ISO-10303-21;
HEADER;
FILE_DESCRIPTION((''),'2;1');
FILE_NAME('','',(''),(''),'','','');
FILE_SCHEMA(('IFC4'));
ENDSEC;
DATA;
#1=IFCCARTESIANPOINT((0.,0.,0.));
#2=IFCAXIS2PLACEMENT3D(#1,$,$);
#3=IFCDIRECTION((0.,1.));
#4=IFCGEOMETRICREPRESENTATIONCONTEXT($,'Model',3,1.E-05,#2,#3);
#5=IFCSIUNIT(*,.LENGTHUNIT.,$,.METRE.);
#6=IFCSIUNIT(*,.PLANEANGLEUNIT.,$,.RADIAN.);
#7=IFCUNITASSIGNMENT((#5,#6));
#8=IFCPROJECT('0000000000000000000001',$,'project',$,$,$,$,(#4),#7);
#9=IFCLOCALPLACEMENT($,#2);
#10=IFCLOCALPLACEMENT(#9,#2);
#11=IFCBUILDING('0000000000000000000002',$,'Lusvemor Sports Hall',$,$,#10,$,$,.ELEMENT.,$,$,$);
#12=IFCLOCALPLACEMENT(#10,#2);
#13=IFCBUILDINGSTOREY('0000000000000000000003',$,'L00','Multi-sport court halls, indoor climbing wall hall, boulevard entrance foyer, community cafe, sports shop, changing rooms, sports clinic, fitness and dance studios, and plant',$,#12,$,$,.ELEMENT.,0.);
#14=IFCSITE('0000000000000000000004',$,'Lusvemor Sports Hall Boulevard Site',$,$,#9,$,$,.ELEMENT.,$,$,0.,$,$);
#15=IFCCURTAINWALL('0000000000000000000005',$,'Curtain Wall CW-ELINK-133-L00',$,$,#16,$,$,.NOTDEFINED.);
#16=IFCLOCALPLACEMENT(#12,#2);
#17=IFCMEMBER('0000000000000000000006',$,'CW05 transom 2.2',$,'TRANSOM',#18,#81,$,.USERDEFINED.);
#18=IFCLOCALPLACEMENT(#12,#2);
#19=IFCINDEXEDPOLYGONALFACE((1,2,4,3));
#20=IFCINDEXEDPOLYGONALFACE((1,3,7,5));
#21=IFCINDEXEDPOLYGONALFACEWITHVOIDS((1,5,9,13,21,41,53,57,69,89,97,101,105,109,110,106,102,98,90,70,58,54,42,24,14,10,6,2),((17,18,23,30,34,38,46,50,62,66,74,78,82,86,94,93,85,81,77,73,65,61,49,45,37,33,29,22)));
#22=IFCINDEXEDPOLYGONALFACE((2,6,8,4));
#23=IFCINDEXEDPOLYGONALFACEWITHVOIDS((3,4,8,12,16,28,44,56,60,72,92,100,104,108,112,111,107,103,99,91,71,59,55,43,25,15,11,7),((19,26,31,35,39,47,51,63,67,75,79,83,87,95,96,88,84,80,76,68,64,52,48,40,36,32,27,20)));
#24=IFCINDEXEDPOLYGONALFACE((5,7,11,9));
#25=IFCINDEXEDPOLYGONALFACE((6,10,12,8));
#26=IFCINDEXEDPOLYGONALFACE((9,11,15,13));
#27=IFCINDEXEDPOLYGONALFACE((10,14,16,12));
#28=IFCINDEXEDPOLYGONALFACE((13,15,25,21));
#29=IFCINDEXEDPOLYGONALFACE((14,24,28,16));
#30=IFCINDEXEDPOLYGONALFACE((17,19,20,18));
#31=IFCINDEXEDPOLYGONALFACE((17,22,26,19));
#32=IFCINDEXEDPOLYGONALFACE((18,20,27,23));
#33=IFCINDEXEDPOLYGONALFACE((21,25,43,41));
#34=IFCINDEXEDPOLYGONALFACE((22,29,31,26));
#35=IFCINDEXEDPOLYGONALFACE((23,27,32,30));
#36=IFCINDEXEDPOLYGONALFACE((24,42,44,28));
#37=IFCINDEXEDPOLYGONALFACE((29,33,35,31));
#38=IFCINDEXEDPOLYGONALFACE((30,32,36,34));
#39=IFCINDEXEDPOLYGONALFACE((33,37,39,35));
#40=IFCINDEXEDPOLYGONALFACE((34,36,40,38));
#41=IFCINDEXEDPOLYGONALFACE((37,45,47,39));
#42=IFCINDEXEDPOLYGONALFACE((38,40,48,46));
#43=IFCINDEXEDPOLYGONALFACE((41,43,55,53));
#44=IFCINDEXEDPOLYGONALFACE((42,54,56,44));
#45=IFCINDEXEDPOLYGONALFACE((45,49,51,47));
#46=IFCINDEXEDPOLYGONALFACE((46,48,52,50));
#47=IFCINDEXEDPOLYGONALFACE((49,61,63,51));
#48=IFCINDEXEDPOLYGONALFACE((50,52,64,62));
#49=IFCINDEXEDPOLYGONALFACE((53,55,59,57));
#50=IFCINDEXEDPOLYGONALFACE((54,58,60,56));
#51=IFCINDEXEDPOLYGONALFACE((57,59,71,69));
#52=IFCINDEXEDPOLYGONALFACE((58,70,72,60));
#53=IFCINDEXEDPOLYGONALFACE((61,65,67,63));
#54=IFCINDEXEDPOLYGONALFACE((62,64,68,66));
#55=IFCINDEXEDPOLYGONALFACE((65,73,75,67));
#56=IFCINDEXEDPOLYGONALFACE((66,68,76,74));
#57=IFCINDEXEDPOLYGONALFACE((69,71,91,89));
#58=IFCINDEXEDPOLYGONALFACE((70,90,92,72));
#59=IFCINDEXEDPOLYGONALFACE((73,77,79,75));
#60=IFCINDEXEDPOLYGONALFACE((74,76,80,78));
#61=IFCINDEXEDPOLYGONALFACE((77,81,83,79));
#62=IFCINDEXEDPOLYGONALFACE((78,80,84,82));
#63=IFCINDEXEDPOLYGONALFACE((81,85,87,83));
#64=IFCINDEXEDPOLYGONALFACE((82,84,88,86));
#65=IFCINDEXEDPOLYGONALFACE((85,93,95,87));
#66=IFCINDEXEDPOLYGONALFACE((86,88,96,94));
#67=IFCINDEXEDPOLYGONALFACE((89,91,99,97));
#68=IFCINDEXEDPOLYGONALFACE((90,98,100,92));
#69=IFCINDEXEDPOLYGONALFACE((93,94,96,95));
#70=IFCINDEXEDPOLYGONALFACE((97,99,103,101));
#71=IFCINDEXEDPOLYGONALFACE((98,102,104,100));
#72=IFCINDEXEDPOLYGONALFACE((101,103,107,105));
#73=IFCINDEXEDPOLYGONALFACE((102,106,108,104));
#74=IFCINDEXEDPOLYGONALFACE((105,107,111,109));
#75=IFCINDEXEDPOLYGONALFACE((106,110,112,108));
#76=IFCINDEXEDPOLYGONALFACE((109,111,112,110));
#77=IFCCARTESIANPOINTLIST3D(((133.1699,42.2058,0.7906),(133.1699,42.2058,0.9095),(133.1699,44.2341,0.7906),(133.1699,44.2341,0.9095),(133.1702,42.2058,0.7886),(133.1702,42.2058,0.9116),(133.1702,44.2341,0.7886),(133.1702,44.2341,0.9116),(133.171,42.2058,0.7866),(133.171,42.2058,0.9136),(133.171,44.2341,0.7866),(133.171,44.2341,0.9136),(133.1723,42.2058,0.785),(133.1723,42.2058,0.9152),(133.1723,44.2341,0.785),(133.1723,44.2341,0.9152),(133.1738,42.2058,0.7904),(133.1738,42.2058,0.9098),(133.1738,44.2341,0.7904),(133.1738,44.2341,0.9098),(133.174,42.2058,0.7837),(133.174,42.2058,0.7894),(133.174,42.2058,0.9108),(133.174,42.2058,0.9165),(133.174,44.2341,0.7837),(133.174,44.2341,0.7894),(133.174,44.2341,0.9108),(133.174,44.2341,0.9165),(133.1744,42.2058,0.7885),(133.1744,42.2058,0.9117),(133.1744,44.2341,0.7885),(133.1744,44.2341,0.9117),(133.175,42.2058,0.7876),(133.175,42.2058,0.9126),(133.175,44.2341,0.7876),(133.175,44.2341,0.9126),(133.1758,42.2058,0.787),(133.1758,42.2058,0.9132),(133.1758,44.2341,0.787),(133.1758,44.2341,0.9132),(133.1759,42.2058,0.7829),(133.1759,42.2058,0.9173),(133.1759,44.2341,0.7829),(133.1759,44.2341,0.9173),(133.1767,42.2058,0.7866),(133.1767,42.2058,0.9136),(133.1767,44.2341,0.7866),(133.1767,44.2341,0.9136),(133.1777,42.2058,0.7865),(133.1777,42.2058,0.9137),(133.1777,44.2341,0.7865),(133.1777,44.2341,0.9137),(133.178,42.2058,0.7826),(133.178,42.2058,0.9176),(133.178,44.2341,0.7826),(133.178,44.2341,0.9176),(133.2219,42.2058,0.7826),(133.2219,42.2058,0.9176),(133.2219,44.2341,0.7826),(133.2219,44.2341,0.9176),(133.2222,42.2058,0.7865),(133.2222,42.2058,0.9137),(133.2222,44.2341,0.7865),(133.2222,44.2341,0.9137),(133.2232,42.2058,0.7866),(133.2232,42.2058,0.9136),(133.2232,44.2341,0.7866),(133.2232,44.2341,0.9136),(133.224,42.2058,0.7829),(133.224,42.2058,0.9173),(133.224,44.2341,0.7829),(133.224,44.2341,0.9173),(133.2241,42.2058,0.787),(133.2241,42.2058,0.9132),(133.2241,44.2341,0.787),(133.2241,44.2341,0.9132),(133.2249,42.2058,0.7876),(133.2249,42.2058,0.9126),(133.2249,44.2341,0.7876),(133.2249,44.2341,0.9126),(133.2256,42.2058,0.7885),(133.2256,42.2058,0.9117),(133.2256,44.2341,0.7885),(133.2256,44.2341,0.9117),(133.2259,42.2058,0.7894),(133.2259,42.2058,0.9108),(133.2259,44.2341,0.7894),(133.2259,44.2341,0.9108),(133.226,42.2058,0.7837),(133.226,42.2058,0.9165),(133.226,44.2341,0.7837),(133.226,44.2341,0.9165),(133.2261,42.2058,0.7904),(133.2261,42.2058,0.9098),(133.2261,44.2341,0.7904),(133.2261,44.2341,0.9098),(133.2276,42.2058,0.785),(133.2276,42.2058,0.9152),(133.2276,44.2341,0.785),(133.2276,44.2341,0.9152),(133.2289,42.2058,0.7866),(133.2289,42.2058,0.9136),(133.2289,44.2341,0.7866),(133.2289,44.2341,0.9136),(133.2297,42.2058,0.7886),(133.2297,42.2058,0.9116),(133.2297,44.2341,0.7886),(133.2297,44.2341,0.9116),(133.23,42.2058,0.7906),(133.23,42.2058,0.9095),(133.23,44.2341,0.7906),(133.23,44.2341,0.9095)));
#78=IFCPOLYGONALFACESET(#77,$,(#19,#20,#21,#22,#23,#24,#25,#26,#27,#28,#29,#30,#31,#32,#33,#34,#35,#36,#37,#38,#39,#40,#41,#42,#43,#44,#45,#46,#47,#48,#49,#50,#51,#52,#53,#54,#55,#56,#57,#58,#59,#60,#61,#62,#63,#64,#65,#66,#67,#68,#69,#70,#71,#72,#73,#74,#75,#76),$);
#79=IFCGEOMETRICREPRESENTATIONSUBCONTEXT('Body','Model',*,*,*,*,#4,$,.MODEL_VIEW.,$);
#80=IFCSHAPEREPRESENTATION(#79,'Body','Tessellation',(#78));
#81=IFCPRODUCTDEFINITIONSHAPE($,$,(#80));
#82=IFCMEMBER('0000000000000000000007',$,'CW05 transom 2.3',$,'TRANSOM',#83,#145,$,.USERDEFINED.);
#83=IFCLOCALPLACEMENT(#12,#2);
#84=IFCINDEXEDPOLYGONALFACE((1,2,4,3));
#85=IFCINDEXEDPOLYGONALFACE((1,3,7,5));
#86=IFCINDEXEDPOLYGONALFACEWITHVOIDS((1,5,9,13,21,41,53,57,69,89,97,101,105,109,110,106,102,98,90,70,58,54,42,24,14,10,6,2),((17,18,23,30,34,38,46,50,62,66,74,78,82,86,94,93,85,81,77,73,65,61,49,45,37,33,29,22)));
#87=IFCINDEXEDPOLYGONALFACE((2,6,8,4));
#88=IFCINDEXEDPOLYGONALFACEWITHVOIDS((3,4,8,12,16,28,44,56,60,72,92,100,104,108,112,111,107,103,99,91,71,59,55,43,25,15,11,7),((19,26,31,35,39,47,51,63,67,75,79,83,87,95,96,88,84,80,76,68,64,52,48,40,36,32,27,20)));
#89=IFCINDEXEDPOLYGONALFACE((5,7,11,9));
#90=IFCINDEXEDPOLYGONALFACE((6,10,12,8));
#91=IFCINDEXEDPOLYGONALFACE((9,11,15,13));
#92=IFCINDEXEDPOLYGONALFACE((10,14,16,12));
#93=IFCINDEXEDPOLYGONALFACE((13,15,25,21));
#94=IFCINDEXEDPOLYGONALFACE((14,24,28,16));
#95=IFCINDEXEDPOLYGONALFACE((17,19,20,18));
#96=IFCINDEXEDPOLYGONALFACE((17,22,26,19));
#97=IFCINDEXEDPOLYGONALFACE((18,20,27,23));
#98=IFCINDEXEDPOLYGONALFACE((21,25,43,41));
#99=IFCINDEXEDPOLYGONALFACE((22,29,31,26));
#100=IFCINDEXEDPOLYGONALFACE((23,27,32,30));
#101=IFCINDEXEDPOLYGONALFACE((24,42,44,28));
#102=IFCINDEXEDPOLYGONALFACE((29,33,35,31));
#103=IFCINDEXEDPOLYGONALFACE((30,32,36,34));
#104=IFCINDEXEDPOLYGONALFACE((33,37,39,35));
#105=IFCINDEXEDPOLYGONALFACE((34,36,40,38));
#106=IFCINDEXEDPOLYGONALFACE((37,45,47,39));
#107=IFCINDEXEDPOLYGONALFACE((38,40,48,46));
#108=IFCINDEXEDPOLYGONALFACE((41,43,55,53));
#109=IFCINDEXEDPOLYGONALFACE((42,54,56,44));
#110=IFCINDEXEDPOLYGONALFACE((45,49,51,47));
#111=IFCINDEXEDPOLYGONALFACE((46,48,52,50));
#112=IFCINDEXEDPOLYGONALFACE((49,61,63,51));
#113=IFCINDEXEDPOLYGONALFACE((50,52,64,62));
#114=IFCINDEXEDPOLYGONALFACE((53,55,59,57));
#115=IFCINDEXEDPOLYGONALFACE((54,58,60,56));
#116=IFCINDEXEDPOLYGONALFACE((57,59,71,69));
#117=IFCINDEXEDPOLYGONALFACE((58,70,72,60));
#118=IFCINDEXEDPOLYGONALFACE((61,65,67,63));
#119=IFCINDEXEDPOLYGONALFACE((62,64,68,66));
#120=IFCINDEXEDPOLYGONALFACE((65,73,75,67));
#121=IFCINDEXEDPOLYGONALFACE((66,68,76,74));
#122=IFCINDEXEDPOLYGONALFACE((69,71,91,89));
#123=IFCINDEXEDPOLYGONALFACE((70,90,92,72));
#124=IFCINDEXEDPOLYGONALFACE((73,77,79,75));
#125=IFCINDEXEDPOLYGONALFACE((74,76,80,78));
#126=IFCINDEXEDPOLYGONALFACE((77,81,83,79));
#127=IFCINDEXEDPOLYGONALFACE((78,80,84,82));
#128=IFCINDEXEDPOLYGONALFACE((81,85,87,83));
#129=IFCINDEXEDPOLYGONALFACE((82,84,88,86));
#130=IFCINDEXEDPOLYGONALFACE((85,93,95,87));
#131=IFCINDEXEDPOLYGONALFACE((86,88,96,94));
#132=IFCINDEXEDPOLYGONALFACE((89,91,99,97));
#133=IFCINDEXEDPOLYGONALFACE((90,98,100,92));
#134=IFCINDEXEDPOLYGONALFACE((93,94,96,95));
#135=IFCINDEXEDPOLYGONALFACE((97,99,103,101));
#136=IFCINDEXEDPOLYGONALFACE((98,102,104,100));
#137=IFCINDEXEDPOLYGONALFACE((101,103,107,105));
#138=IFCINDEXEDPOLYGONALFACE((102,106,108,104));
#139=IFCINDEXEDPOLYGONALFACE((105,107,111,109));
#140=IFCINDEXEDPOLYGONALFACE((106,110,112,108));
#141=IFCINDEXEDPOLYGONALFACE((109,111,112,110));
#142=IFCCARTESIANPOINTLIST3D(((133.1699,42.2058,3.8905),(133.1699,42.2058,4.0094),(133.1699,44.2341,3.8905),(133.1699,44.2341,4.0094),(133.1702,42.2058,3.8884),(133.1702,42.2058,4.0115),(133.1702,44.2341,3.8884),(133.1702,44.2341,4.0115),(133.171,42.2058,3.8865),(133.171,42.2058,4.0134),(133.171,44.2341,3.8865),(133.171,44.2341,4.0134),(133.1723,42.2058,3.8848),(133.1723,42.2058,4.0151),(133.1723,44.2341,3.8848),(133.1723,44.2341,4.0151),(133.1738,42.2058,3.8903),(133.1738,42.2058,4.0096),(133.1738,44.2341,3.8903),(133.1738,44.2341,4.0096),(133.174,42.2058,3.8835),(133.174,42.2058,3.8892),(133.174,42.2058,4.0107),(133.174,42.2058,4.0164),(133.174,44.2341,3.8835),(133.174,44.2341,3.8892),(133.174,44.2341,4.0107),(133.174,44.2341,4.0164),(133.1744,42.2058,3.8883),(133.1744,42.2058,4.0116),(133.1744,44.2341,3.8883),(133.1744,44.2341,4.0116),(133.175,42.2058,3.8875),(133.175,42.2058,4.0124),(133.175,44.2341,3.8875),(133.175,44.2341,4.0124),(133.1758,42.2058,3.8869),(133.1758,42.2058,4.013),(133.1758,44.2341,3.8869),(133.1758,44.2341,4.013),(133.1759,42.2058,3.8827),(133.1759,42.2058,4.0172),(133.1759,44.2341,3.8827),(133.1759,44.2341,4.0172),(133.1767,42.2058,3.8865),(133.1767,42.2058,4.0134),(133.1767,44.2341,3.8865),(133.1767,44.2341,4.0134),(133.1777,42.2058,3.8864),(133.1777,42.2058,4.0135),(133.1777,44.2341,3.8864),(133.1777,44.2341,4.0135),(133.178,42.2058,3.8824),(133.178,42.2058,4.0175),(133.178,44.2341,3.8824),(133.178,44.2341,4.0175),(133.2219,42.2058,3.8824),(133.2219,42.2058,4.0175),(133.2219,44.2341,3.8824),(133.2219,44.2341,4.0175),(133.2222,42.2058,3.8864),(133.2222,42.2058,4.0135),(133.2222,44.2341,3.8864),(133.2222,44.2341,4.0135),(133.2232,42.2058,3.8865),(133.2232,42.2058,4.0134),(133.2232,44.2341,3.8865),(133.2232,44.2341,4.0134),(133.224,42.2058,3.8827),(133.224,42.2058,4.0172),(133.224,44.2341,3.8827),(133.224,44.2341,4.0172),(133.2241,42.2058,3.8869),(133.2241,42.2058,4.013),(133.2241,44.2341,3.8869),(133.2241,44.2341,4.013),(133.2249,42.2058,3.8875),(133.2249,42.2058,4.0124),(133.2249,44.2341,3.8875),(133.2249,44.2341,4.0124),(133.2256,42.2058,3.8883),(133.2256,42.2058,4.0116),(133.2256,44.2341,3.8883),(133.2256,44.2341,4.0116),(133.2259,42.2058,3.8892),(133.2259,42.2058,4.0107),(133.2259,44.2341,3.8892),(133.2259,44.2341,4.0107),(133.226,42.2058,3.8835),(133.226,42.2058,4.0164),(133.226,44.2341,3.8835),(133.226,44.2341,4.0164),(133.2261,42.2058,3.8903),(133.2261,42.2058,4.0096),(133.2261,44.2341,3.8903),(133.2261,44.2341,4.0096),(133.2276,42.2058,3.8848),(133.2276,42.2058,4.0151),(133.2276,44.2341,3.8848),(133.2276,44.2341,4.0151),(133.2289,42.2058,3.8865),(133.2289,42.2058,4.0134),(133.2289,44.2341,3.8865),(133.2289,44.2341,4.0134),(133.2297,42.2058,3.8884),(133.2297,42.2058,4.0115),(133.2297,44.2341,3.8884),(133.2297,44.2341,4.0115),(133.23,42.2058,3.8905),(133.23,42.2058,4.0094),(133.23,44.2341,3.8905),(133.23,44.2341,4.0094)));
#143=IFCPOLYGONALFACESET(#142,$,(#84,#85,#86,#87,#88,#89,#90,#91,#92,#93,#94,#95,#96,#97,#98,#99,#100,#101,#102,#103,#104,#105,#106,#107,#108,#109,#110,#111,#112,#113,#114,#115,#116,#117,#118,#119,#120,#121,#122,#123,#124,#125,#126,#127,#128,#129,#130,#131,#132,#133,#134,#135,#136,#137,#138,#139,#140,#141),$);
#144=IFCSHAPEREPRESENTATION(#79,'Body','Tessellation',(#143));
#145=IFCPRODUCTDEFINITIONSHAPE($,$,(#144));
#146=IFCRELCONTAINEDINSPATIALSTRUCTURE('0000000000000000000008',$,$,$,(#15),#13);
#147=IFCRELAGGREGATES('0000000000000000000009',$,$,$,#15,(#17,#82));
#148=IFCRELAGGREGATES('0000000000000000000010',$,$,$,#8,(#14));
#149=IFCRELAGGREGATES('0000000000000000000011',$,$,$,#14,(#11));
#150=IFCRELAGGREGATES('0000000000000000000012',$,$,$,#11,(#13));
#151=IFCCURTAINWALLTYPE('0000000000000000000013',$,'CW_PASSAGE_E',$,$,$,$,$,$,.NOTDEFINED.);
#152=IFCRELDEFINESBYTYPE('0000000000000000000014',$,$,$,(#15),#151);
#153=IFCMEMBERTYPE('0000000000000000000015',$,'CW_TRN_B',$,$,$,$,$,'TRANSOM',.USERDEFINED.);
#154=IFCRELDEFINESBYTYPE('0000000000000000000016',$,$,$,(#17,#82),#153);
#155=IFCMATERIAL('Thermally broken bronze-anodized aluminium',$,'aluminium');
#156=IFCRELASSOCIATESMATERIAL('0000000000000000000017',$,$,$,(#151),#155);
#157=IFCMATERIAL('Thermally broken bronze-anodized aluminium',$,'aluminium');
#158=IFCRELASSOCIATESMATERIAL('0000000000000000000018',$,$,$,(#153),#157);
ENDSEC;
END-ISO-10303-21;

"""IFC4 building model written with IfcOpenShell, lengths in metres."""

from ifc_helpers import new_model, si_unit, direction, frame, origin, origin_2d, place, context, subcontext, project, spatial, hollow_rectangle, extrude, material, material_profile, profile_set, type_object, element, aggregate, save


model = new_model("IFC4")

# Units and contexts
model_context = context("Model", 3, precision=1e-05, world=origin(), true_north=direction((0.0, 1.0)))
body_context = subcontext(model_context, "Body", "Model", "MODEL_VIEW")
ifc_project = project(units=[si_unit("LENGTHUNIT", "METRE"), si_unit("PLANEANGLEUNIT", "RADIAN")], contexts=[model_context])

# Site, building, storey
site_placement = place(None, origin())
site = spatial("IfcSite", under=ifc_project, at=site_placement, Name="Lusvemor Sports Hall Boulevard Site", CompositionType="ELEMENT", RefElevation=0.0)
building_placement = place(site_placement, origin())
building = spatial("IfcBuilding", under=site, at=building_placement, Name="Lusvemor Sports Hall", CompositionType="ELEMENT")
storey_placement = place(building_placement, origin())
storey = spatial("IfcBuildingStorey", under=building, at=storey_placement, Name="L00", Description="Multi-sport court halls, indoor climbing wall hall, boulevard entrance foyer, community cafe, sports shop, changing rooms, sports clinic, fitness and dance studios, and plant", CompositionType="ELEMENT", Elevation=0.0)

# Curtain wall, members
ifc_material_1 = material(Name="Thermally broken bronze-anodized aluminium", Category="aluminium")
curtain_wall_type = type_object("IfcCurtainWallType", Name="CW_PASSAGE_E", PredefinedType="NOTDEFINED", material=ifc_material_1)
curtain_wall_placement = place(storey_placement, origin())
curtain_wall = element("IfcCurtainWall", 1, at=curtain_wall_placement, inside=storey, type_object=curtain_wall_type, Name="Curtain Wall CW-ELINK-133-L00", PredefinedType="NOTDEFINED")
ifc_material_2 = material(Name="Thermally broken bronze-anodized aluminium", Category="aluminium")
ifc_material_profile_1 = material_profile(ifc_material_2, hollow_rectangle(XDim=0.0601, YDim=0.135, WallThickness=0.0039, InnerFilletRadius=0.0039, OuterFilletRadius=0.0081, at=origin_2d()), Name="CWTRN135x60x4")
ifc_profile_set_1 = profile_set([ifc_material_profile_1], Name="Thermally broken bronze-anodized aluminium")
member_type_1 = type_object("IfcMemberType", Name="CW_TRN_B", ElementType="TRANSOM", PredefinedType="USERDEFINED", material=ifc_profile_set_1)
member_1_placement = place(storey_placement, frame((133.2, 42.2058, 0.8501), z_axis=(0.0, 1.0, 0.0), x_axis=(-1.0, 0.0, 0.0)))
member_1 = element("IfcMember", 2, at=member_1_placement, type_object=member_type_1, Name="CW05 transom 2.2", ObjectType="TRANSOM", PredefinedType="USERDEFINED", context=body_context, shape_type="SweptSolid", body=[
    extrude(hollow_rectangle(XDim=0.0601, YDim=0.135, WallThickness=0.0039, InnerFilletRadius=0.0039, OuterFilletRadius=0.0081, at=origin_2d()), origin(), (0.0, 0.0, 1.0), 2.0283),
])
member_2_placement = place(storey_placement, frame((133.2, 42.2058, 3.95), z_axis=(0.0, 1.0, 0.0), x_axis=(-1.0, 0.0, 0.0)))
member_2 = element("IfcMember", 3, at=member_2_placement, type_object=member_type_1, Name="CW05 transom 2.3", ObjectType="TRANSOM", PredefinedType="USERDEFINED", context=body_context, shape_type="SweptSolid", body=[
    extrude(hollow_rectangle(XDim=0.0601, YDim=0.135, WallThickness=0.0039, InnerFilletRadius=0.0039, OuterFilletRadius=0.0081, at=origin_2d()), origin(), (0.0, 0.0, 1.0), 2.0283),
])
aggregate(curtain_wall, [member_1, member_2])

save(model, "model.ifc")
